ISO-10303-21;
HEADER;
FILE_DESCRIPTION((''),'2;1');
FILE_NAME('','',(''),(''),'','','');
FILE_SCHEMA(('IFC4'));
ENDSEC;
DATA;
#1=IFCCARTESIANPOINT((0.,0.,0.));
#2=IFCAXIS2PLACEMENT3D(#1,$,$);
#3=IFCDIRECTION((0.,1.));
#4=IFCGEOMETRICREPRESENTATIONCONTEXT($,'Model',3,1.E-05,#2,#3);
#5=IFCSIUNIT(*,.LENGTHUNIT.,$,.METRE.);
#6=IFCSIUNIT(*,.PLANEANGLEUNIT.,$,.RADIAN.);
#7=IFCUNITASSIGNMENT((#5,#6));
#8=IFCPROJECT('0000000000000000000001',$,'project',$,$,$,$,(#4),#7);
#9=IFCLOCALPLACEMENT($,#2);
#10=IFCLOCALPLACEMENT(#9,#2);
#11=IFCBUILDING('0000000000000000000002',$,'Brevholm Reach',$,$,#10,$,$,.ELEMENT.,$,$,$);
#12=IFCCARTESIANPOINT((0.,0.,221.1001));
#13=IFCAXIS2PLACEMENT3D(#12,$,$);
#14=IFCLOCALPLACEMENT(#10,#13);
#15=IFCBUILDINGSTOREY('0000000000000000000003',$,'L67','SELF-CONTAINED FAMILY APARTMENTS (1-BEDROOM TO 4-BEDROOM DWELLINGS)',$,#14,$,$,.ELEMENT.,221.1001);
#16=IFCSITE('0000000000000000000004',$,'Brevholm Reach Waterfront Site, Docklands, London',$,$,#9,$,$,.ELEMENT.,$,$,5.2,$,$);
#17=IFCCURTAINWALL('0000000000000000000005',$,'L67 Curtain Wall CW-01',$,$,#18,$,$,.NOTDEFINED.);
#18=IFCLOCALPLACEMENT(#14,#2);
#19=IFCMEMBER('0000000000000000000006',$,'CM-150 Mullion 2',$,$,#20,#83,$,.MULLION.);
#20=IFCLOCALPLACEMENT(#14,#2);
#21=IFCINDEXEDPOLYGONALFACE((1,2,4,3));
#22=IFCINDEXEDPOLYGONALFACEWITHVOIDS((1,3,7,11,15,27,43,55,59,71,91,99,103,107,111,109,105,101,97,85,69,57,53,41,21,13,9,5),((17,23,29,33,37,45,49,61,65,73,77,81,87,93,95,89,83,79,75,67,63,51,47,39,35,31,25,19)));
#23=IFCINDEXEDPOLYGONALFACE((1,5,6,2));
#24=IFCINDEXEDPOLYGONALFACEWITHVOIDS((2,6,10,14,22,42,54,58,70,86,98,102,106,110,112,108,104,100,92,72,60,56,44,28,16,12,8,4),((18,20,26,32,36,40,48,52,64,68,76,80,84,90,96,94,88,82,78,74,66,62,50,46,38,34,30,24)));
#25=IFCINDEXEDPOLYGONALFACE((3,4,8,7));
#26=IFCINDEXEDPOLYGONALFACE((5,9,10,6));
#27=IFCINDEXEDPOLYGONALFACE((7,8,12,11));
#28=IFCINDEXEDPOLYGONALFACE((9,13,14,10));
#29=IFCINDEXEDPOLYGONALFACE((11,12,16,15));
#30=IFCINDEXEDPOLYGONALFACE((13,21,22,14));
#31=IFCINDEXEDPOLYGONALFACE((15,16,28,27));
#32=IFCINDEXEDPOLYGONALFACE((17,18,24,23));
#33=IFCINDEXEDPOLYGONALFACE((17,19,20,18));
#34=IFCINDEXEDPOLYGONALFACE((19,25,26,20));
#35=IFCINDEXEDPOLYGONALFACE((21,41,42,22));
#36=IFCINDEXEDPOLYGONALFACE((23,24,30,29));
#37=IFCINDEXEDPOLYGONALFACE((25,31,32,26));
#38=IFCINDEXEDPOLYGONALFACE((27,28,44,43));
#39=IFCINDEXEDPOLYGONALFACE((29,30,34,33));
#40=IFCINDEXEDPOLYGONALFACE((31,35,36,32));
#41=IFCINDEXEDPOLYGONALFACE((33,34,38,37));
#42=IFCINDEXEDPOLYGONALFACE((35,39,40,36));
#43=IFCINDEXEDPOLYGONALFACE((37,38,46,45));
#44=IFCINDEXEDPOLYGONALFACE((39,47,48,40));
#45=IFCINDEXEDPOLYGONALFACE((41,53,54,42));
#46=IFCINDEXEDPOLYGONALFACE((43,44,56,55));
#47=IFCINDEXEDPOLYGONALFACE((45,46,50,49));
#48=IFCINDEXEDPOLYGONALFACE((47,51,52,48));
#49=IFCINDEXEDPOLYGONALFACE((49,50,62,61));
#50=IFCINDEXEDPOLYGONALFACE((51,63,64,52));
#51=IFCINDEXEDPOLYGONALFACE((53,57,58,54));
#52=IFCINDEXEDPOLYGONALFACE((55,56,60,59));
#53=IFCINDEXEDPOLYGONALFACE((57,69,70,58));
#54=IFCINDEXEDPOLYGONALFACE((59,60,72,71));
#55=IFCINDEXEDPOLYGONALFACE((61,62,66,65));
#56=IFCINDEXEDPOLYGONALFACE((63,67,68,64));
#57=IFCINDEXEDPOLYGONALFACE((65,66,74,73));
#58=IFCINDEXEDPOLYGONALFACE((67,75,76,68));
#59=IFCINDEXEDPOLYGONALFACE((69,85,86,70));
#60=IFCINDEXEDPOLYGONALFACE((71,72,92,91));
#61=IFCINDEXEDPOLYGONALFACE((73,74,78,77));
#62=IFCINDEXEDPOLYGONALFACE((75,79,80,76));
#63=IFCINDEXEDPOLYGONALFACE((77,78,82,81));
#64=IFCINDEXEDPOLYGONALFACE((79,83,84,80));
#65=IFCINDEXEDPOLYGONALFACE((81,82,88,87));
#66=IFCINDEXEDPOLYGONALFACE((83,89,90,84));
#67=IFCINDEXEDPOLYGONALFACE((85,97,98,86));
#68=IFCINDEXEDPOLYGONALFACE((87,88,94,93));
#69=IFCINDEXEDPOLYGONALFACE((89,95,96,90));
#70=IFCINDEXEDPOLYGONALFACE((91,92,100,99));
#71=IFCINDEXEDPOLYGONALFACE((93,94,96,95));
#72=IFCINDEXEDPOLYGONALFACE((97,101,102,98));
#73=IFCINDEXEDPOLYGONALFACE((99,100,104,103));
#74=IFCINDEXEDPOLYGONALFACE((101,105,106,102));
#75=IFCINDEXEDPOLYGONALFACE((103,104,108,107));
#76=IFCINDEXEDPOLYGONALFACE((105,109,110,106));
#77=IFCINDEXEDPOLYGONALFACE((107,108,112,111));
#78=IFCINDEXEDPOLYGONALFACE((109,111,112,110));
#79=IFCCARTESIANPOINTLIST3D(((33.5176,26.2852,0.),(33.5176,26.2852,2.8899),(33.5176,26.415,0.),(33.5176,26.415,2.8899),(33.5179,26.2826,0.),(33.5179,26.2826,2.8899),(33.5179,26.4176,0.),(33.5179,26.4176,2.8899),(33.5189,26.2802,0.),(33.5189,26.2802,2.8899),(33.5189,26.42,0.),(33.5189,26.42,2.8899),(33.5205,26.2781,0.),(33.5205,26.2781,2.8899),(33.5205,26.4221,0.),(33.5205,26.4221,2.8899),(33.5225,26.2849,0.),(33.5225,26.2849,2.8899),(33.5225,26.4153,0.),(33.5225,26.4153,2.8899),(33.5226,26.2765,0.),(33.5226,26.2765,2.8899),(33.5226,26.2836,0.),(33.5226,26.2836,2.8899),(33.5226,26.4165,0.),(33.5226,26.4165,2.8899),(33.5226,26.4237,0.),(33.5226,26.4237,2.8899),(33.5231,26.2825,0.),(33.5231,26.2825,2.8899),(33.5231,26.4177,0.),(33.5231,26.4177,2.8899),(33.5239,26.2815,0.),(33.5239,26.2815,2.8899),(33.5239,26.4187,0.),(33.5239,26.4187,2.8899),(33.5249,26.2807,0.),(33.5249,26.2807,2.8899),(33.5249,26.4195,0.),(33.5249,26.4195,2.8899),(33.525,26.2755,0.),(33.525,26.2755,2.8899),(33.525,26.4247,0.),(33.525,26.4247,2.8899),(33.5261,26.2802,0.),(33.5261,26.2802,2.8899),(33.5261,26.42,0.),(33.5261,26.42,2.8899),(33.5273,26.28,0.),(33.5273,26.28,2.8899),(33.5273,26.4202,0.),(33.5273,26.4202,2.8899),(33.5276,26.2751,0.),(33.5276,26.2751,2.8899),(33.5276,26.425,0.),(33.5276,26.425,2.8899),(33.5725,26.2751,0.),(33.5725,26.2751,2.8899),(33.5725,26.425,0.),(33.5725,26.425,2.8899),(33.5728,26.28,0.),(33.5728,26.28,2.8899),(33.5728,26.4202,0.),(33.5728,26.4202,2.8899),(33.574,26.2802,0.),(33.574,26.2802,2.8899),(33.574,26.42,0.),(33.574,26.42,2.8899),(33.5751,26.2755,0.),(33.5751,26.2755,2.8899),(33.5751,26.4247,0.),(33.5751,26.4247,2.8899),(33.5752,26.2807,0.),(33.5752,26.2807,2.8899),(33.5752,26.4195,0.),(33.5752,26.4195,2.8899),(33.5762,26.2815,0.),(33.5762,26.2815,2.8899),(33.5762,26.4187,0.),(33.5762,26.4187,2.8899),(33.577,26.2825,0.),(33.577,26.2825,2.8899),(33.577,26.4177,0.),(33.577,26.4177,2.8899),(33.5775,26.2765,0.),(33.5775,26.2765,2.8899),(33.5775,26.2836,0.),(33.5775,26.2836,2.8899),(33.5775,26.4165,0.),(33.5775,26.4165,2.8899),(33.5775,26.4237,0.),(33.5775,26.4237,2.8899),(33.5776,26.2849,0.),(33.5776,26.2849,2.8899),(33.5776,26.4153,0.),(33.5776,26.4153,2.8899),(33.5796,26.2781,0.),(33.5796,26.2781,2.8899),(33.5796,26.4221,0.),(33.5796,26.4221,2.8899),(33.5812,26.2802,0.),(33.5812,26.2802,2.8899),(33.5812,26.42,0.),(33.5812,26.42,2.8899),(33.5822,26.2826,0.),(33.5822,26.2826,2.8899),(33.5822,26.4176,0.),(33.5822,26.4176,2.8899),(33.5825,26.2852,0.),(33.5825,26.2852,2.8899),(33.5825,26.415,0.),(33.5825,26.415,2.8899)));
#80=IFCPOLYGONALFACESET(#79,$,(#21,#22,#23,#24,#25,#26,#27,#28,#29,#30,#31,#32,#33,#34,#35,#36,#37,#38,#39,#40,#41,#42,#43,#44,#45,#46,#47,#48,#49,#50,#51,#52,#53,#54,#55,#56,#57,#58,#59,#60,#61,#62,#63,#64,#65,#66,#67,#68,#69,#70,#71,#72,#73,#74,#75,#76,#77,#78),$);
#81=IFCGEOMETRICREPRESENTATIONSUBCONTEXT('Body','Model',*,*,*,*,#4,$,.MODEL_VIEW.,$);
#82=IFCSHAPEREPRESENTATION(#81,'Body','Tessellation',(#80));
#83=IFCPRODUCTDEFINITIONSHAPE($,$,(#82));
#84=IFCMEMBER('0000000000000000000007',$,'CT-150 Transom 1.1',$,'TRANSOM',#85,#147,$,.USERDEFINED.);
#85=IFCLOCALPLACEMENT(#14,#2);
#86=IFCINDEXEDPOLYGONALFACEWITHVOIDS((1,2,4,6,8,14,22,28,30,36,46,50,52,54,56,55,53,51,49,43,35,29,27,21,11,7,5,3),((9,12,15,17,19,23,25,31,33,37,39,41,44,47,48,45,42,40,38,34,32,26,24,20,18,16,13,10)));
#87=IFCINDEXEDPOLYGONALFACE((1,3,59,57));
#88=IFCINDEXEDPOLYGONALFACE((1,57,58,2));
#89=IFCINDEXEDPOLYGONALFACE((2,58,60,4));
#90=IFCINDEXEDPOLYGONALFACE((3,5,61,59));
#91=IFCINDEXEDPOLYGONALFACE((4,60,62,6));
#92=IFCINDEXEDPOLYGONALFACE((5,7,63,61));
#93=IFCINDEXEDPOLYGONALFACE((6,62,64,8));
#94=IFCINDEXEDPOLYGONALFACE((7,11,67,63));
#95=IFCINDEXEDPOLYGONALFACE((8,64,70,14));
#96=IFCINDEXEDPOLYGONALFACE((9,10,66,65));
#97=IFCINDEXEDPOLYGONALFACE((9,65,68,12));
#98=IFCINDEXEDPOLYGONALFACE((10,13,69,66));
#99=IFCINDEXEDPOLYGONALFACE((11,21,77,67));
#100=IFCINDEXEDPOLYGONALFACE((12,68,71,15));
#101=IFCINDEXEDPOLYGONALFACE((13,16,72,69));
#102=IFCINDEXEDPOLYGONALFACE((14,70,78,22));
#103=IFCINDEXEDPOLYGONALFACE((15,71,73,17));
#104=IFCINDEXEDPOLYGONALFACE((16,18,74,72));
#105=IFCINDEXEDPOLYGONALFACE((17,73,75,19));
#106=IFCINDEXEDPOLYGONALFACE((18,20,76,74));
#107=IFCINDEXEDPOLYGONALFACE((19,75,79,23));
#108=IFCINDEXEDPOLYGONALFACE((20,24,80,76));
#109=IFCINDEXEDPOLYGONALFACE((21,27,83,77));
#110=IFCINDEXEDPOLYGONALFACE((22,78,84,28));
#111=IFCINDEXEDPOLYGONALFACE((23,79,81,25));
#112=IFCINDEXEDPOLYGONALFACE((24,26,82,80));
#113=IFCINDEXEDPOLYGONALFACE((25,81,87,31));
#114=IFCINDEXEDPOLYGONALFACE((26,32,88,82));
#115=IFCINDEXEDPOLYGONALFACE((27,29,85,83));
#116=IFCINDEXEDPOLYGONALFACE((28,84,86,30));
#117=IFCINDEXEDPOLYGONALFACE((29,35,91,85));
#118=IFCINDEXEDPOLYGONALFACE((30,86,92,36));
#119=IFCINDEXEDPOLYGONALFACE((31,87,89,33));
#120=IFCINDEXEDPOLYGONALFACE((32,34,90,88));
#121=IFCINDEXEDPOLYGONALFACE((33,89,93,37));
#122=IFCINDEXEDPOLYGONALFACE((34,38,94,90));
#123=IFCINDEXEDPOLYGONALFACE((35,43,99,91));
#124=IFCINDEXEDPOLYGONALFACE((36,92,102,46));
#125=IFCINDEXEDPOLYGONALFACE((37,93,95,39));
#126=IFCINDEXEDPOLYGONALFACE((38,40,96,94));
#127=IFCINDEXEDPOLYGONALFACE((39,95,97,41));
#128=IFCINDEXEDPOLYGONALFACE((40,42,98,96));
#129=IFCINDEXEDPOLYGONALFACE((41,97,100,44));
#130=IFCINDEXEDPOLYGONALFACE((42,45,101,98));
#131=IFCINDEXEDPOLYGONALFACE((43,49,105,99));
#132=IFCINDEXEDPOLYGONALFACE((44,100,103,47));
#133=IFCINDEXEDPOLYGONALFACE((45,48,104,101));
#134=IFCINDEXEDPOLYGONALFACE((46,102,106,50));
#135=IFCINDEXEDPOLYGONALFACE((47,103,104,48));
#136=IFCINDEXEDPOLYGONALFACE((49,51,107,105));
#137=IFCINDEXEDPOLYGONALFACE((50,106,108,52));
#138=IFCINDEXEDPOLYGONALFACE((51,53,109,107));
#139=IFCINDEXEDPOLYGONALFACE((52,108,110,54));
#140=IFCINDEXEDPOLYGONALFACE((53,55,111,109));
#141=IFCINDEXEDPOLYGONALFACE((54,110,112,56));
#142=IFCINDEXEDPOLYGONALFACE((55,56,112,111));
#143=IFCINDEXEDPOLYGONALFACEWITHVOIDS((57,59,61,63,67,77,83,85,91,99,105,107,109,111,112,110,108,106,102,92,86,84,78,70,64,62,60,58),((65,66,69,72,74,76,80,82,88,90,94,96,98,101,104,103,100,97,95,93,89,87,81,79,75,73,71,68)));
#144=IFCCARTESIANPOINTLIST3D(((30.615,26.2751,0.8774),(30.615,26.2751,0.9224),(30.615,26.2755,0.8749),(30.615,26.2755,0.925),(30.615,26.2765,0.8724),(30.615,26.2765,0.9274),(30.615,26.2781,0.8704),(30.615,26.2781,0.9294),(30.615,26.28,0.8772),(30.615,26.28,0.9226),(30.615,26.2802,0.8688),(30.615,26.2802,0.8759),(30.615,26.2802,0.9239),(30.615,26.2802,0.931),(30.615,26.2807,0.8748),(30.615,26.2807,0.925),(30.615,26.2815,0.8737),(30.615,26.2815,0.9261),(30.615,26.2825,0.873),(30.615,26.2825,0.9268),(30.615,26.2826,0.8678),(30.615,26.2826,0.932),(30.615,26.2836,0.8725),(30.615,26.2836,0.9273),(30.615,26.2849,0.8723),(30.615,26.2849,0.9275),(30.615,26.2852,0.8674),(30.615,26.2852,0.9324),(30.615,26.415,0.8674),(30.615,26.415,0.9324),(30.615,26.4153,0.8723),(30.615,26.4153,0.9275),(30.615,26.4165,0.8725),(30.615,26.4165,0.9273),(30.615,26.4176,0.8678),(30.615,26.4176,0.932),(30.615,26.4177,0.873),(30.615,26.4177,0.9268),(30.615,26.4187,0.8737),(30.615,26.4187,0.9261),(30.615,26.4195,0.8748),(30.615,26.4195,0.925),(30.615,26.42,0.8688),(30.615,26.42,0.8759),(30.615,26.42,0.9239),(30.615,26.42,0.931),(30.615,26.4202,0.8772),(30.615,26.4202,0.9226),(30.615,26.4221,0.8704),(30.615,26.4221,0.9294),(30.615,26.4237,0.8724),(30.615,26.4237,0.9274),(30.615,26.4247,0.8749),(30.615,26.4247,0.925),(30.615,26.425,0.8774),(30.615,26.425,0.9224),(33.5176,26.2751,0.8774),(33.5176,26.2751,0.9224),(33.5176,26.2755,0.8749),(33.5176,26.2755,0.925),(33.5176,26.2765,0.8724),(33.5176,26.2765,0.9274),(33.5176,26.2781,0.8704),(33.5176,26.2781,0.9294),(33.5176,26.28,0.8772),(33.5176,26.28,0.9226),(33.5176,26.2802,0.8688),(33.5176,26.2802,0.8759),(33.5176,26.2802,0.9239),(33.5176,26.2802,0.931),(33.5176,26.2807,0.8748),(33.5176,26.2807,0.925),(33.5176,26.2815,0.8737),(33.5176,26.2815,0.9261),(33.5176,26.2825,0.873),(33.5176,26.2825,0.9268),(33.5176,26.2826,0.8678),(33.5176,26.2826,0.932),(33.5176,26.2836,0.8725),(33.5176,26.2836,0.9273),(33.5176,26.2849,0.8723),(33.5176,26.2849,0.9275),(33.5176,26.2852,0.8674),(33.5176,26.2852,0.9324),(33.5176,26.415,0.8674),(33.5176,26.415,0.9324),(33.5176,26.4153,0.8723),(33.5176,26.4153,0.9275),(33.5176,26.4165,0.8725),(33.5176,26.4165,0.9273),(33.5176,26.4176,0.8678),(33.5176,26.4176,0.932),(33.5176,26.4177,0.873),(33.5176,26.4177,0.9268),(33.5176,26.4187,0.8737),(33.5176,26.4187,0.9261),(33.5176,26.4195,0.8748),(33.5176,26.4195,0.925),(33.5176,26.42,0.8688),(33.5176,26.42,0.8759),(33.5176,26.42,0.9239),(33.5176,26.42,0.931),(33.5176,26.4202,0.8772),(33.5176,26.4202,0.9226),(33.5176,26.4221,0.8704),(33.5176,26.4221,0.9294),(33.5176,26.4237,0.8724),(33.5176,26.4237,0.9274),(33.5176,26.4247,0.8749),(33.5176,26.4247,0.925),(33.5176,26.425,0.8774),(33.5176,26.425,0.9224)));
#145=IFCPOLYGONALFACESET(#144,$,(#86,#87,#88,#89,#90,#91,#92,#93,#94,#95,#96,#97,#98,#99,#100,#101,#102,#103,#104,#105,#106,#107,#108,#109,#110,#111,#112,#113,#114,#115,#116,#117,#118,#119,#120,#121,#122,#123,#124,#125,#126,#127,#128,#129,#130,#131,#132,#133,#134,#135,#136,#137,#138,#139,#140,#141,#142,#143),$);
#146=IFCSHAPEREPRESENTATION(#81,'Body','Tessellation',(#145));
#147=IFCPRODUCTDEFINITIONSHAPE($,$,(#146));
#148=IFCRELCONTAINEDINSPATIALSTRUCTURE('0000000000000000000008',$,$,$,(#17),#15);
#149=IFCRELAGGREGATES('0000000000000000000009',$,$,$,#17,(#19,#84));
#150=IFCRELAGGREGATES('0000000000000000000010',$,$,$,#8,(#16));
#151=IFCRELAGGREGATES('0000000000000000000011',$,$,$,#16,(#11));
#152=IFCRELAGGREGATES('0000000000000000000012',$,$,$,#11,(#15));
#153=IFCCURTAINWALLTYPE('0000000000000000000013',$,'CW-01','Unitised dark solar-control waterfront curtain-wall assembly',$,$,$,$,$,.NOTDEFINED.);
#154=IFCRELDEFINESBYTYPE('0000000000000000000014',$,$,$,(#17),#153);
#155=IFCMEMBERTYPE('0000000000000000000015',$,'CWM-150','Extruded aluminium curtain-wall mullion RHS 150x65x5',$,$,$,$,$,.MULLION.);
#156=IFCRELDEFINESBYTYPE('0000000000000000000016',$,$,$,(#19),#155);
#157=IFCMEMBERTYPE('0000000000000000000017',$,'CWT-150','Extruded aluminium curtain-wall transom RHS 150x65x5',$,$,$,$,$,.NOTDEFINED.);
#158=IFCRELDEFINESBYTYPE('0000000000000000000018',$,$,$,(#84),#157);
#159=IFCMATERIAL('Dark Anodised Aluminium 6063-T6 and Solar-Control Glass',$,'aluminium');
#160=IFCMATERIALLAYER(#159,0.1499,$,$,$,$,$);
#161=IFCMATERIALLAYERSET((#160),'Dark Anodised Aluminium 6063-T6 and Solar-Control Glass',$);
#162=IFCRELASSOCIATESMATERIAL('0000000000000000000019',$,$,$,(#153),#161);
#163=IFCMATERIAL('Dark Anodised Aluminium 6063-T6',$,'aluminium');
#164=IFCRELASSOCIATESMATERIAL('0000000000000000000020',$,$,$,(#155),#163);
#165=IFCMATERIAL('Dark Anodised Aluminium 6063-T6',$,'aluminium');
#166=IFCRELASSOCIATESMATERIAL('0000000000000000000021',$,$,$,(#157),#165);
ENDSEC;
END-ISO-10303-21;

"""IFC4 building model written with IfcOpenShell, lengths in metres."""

from ifc_helpers import new_model, si_unit, direction, frame, origin, origin_2d, place, context, subcontext, project, spatial, hollow_rectangle, extrude, material, layer, layer_set, material_profile, profile_set, type_object, element, aggregate, save


model = new_model("IFC4")

# Units and contexts
model_context = context("Model", 3, precision=1e-05, world=origin(), true_north=direction((0.0, 1.0)))
body_context = subcontext(model_context, "Body", "Model", "MODEL_VIEW")
ifc_project = project(units=[si_unit("LENGTHUNIT", "METRE"), si_unit("PLANEANGLEUNIT", "RADIAN")], contexts=[model_context])

# Site, building, storey
site_placement = place(None, origin())
site = spatial("IfcSite", under=ifc_project, at=site_placement, Name="Brevholm Reach Waterfront Site, Docklands, London", CompositionType="ELEMENT", RefElevation=5.2)
building_placement = place(site_placement, origin())
building = spatial("IfcBuilding", under=site, at=building_placement, Name="Brevholm Reach", CompositionType="ELEMENT")
storey_placement = place(building_placement, frame((0.0, 0.0, 221.1001)))
storey = spatial("IfcBuildingStorey", under=building, at=storey_placement, Name="L67", Description="SELF-CONTAINED FAMILY APARTMENTS (1-BEDROOM TO 4-BEDROOM DWELLINGS)", CompositionType="ELEMENT", Elevation=221.1001)

# Curtain wall, members
ifc_material_1 = material(Name="Dark Anodised Aluminium 6063-T6 and Solar-Control Glass", Category="aluminium")
ifc_layer_1 = layer(ifc_material_1, 0.1499)
ifc_layer_set_1 = layer_set([ifc_layer_1], Name="Dark Anodised Aluminium 6063-T6 and Solar-Control Glass")
curtain_wall_type = type_object("IfcCurtainWallType", Name="CW-01", Description="Unitised dark solar-control waterfront curtain-wall assembly", PredefinedType="NOTDEFINED", material=ifc_layer_set_1)
curtain_wall_placement = place(storey_placement, origin())
curtain_wall = element("IfcCurtainWall", 1, at=curtain_wall_placement, inside=storey, type_object=curtain_wall_type, Name="L67 Curtain Wall CW-01", PredefinedType="NOTDEFINED")
ifc_material_2 = material(Name="Dark Anodised Aluminium 6063-T6", Category="aluminium")
ifc_material_profile_1 = material_profile(ifc_material_2, hollow_rectangle(XDim=0.0649, YDim=0.1499, WallThickness=0.0049, InnerFilletRadius=0.0049, OuterFilletRadius=0.01, at=origin_2d()), Name="RHS 150x65x5")
ifc_profile_set_1 = profile_set([ifc_material_profile_1], Name="Dark Anodised Aluminium 6063-T6")
member_type_1 = type_object("IfcMemberType", Name="CWM-150", Description="Extruded aluminium curtain-wall mullion RHS 150x65x5", PredefinedType="MULLION", material=ifc_profile_set_1)
member_1_placement = place(storey_placement, frame((33.55, 26.3501, 0.0), z_axis=(0.0, 0.0, 1.0), x_axis=(1.0, 0.0, 0.0)))
member_1 = element("IfcMember", 2, at=member_1_placement, type_object=member_type_1, Name="CM-150 Mullion 2", PredefinedType="MULLION", context=body_context, shape_type="SweptSolid", body=[
    extrude(hollow_rectangle(XDim=0.0649, YDim=0.1499, WallThickness=0.0049, InnerFilletRadius=0.0049, OuterFilletRadius=0.01, at=origin_2d()), origin(), (0.0, 0.0, 1.0), 2.8899),
])
ifc_material_3 = material(Name="Dark Anodised Aluminium 6063-T6", Category="aluminium")
ifc_material_profile_2 = material_profile(ifc_material_3, hollow_rectangle(XDim=0.0649, YDim=0.1499, WallThickness=0.0049, InnerFilletRadius=0.0049, OuterFilletRadius=0.01, at=origin_2d()), Name="RHS 150x65x5")
ifc_profile_set_2 = profile_set([ifc_material_profile_2], Name="Dark Anodised Aluminium 6063-T6")
member_type_2 = type_object("IfcMemberType", Name="CWT-150", Description="Extruded aluminium curtain-wall transom RHS 150x65x5", PredefinedType="NOTDEFINED", material=ifc_profile_set_2)
member_2_placement = place(storey_placement, frame((30.615, 26.3501, 0.8999), z_axis=(1.0, 0.0, 0.0), x_axis=(0.0, 0.0, 1.0)))
member_2 = element("IfcMember", 3, at=member_2_placement, type_object=member_type_2, Name="CT-150 Transom 1.1", ObjectType="TRANSOM", PredefinedType="USERDEFINED", context=body_context, shape_type="SweptSolid", body=[
    extrude(hollow_rectangle(XDim=0.0649, YDim=0.1499, WallThickness=0.0049, InnerFilletRadius=0.0049, OuterFilletRadius=0.01, at=origin_2d()), origin(), (0.0, 0.0, 1.0), 2.9026),
])
aggregate(curtain_wall, [member_1, member_2])

save(model, "model.ifc")
